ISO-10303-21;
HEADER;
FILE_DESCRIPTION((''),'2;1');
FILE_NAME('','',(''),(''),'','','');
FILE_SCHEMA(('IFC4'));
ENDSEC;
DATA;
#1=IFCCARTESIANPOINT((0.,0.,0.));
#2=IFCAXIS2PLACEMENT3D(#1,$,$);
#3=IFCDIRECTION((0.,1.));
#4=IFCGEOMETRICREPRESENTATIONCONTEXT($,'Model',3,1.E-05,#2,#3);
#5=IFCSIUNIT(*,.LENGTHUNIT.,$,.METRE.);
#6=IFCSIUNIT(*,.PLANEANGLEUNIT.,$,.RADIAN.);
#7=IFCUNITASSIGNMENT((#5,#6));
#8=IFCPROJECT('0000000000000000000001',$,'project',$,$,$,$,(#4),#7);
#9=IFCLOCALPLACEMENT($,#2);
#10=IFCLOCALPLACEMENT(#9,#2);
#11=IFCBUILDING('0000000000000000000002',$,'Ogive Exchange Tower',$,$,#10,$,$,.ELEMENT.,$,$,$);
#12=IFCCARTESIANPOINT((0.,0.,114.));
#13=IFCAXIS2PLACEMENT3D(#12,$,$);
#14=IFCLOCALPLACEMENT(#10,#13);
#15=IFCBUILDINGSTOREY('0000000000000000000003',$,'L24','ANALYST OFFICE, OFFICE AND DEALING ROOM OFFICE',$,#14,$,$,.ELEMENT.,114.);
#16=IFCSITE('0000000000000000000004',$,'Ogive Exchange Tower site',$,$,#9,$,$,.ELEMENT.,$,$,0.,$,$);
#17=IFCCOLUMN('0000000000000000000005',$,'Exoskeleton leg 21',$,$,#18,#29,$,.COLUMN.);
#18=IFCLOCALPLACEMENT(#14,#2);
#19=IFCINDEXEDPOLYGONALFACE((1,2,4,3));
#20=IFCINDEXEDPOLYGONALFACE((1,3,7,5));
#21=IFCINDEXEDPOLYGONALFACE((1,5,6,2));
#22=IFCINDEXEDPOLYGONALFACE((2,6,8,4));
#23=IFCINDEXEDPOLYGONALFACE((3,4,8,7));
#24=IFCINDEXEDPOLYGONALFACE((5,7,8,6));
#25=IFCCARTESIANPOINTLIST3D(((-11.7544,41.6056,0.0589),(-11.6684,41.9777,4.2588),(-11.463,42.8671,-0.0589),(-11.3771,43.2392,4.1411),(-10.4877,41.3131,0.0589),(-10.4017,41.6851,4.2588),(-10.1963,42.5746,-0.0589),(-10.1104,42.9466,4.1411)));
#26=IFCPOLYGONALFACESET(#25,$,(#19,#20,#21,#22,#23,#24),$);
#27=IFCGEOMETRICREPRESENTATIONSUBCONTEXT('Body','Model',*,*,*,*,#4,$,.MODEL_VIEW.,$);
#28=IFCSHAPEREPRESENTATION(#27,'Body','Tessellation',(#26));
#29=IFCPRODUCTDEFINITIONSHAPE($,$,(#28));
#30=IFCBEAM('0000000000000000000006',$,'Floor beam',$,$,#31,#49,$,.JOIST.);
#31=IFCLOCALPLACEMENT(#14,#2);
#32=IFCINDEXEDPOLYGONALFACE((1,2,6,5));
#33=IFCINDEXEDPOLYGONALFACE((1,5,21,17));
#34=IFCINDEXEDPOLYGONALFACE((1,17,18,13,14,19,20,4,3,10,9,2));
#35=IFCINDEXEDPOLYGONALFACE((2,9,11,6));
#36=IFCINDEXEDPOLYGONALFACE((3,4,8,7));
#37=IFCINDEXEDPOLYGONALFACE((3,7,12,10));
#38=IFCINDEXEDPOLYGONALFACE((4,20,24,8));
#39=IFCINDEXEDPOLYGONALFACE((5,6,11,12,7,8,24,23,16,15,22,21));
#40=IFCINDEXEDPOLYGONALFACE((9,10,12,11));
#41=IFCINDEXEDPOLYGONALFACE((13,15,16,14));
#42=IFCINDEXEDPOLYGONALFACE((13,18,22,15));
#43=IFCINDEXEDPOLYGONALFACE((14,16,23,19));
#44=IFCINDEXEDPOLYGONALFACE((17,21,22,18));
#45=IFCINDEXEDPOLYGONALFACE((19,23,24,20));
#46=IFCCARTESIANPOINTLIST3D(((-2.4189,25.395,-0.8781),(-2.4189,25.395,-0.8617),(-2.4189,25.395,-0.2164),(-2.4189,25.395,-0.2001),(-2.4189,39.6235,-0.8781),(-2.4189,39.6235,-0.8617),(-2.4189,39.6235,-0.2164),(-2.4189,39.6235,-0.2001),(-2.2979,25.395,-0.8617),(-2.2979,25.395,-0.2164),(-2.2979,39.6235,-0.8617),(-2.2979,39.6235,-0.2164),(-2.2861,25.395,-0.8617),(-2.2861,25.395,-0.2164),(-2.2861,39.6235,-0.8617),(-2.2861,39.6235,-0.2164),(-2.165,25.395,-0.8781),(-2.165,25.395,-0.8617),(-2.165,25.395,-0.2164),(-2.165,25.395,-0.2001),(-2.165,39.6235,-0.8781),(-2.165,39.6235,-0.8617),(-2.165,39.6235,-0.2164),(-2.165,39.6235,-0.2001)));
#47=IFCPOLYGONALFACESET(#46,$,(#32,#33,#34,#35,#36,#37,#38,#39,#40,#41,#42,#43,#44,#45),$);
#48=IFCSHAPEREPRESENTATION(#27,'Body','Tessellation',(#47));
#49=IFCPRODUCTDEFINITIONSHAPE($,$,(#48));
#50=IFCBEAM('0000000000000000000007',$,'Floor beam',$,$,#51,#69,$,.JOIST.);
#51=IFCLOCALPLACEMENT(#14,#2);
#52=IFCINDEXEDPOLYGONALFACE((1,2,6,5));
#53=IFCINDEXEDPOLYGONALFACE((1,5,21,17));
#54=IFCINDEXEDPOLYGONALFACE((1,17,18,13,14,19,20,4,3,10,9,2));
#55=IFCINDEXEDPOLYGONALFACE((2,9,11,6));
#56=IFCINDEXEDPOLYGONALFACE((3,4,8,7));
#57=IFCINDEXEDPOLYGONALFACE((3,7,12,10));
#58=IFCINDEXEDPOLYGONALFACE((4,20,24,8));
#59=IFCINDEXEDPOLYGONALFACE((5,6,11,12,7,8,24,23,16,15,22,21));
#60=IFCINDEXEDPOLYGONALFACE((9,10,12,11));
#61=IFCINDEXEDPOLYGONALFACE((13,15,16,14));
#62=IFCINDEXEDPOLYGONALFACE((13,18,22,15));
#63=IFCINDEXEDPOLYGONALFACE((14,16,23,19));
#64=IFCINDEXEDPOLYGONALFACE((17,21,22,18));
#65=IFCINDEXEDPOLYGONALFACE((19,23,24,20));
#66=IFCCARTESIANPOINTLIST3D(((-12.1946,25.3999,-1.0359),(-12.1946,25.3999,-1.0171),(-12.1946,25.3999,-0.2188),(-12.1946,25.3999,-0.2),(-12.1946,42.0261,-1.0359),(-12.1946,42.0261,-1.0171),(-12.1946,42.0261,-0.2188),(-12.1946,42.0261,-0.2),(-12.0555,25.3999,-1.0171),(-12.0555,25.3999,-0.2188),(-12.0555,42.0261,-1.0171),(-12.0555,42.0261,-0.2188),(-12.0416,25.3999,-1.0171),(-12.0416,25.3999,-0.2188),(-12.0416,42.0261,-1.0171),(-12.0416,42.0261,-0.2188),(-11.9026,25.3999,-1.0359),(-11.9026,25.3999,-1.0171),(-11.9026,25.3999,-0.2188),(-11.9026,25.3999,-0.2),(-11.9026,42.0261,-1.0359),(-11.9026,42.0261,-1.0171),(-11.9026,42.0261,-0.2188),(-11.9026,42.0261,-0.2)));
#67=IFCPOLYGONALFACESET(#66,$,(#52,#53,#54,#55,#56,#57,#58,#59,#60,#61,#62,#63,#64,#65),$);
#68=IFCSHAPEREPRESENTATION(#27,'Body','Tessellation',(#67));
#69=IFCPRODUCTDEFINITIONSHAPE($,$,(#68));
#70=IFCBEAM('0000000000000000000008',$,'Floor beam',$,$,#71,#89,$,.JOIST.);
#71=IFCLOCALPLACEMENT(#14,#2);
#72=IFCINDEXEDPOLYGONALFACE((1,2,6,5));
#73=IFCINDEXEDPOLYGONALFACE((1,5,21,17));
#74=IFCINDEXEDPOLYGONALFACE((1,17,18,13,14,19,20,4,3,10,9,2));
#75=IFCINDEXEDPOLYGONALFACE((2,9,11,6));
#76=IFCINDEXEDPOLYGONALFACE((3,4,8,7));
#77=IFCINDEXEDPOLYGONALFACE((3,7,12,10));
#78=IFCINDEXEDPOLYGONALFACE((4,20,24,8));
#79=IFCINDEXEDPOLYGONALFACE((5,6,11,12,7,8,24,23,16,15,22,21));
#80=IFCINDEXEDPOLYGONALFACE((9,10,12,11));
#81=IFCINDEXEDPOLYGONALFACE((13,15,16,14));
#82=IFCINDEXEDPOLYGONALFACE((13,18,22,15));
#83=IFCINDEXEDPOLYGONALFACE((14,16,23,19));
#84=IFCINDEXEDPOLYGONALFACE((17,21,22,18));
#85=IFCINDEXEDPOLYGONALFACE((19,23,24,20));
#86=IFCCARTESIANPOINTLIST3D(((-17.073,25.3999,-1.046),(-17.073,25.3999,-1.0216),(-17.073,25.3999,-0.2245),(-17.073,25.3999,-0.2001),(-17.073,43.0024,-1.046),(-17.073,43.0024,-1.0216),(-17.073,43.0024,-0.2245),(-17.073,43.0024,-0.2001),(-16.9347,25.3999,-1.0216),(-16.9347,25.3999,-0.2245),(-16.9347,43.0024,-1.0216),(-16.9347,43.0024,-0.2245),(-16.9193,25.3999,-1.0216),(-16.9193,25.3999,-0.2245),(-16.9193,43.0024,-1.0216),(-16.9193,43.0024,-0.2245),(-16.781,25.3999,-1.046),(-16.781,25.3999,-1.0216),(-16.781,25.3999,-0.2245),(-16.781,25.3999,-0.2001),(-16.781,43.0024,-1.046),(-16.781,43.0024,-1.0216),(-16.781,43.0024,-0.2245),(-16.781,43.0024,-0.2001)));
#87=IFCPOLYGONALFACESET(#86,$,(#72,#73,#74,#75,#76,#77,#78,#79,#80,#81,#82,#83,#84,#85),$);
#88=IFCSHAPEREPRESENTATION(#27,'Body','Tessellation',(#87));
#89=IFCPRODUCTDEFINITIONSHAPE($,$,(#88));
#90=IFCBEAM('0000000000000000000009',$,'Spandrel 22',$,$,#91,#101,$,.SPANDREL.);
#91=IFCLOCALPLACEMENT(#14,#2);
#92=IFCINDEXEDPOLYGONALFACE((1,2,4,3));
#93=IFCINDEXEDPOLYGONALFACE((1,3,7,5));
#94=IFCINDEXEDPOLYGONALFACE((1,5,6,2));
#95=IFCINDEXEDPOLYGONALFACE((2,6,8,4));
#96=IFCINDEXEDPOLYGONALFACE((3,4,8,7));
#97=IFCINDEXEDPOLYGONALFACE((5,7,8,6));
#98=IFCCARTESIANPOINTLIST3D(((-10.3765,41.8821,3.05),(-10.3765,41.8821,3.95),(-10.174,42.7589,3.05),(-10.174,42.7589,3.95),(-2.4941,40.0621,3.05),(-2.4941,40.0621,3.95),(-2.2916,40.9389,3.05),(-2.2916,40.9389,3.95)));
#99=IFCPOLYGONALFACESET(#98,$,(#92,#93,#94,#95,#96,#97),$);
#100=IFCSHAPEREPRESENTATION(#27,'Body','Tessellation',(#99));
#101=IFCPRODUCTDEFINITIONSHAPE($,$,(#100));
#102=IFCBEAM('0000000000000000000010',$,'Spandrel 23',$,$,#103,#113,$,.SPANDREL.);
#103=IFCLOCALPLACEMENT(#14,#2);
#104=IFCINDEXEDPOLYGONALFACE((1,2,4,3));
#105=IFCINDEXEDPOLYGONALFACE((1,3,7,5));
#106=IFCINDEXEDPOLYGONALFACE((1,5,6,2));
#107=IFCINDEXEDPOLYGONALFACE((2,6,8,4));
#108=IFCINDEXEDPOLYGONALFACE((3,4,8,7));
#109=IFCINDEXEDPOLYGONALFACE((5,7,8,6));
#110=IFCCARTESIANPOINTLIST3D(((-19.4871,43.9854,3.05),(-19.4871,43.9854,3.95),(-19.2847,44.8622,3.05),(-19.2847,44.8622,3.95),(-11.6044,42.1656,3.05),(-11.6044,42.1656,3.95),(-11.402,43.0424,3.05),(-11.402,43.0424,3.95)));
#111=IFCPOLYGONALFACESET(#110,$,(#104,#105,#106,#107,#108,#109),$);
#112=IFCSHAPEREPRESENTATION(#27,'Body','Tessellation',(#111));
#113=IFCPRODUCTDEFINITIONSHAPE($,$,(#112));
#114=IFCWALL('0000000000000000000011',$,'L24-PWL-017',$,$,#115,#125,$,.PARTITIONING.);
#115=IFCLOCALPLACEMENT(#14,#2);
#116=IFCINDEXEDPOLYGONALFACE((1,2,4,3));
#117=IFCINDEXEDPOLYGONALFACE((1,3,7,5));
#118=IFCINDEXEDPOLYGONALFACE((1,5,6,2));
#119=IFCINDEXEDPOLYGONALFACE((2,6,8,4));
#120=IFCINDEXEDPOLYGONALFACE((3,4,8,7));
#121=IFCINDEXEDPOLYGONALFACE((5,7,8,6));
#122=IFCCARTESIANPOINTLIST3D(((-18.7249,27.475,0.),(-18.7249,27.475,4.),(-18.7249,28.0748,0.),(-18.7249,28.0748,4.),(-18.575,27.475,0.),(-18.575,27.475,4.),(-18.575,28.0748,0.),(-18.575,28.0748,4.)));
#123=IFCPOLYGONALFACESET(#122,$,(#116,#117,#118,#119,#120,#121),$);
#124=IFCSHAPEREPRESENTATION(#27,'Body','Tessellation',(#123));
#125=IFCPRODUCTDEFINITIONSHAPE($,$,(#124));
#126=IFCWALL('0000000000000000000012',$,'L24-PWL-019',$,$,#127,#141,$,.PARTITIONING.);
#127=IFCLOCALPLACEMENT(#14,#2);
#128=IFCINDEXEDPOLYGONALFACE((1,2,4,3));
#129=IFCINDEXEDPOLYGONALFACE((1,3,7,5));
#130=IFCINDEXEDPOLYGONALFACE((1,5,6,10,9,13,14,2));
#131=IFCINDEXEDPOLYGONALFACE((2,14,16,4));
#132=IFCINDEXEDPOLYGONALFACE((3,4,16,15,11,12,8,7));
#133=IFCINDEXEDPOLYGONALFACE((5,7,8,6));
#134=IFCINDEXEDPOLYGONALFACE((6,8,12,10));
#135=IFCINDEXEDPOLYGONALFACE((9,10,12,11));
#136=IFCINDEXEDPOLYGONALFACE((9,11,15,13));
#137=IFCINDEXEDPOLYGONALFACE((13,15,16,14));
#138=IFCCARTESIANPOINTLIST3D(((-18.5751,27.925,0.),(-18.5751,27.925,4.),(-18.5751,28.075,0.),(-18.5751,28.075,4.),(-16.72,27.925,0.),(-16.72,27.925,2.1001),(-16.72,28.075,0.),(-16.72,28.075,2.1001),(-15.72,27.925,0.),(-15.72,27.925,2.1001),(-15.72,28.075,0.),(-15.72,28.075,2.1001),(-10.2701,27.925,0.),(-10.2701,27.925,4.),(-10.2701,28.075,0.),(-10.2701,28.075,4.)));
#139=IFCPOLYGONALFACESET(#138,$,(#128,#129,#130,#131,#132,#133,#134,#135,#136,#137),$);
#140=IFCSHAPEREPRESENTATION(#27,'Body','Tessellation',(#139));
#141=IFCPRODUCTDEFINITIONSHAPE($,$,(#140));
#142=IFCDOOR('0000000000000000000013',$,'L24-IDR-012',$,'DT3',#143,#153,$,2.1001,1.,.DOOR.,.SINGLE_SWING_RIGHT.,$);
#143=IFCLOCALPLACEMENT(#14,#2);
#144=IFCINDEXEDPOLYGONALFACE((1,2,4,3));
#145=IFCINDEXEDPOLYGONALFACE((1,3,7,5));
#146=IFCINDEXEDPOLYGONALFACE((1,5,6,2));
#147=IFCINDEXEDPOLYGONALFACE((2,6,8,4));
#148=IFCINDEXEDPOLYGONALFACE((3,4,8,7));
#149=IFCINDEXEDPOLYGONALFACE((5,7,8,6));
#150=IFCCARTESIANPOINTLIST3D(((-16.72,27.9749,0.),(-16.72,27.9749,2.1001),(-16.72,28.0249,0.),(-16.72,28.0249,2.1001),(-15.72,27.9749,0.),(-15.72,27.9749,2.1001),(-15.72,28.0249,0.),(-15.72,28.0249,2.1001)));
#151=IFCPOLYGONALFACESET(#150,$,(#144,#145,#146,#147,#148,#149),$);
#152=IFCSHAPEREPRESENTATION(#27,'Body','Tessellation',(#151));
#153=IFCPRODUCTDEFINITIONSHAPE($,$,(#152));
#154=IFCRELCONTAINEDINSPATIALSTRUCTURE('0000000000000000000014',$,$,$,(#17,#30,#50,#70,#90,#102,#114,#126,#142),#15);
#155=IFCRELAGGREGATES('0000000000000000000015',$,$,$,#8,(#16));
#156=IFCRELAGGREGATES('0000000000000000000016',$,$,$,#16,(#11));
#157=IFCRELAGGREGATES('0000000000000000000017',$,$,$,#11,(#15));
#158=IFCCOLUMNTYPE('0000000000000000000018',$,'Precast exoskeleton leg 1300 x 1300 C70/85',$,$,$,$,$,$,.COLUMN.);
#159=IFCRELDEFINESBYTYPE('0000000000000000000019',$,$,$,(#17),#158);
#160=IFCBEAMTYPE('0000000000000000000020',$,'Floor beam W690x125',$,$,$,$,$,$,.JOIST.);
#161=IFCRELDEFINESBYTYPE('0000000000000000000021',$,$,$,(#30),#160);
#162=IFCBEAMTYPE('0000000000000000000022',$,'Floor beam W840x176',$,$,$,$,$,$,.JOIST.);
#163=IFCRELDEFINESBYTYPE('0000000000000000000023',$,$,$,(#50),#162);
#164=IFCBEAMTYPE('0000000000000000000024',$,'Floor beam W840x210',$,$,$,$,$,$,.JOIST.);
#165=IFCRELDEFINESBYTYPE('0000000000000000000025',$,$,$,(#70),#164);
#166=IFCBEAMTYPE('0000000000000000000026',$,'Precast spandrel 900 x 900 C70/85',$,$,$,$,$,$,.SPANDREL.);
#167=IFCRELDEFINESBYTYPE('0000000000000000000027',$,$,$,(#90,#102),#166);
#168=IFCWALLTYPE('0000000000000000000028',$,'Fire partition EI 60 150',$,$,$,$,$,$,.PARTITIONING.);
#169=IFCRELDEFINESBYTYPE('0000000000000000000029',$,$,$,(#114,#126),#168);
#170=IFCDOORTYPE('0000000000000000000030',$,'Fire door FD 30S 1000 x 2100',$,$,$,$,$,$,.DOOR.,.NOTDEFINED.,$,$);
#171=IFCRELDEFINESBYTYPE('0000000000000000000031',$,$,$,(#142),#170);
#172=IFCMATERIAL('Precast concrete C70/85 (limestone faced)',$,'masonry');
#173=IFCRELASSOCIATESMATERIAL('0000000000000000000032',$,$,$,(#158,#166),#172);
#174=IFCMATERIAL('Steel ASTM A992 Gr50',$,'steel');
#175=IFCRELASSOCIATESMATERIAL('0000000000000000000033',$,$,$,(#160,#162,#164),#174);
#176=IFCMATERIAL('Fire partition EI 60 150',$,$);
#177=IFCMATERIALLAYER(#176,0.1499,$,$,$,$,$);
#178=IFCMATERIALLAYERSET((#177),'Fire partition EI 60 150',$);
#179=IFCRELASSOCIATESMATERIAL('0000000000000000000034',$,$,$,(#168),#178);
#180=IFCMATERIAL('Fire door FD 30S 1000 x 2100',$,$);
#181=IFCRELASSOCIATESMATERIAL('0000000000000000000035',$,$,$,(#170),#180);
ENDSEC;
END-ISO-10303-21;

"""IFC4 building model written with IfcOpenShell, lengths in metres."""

from ifc_helpers import new_model, si_unit, direction, frame, frame_2d, origin, origin_2d, place, context, subcontext, project, spatial, rectangle, i_section, extrude, material, layer, layer_set, material_profile, profile_set, type_object, element, fill, save


model = new_model("IFC4")

# Units and contexts
model_context = context("Model", 3, precision=1e-05, world=origin(), true_north=direction((0.0, 1.0)))
body_context = subcontext(model_context, "Body", "Model", "MODEL_VIEW")
ifc_project = project(units=[si_unit("LENGTHUNIT", "METRE"), si_unit("PLANEANGLEUNIT", "RADIAN")], contexts=[model_context])

# Site, building, storey
site_placement = place(None, origin())
site = spatial("IfcSite", under=ifc_project, at=site_placement, Name="Ogive Exchange Tower site", CompositionType="ELEMENT", RefElevation=0.0)
building_placement = place(site_placement, origin())
building = spatial("IfcBuilding", under=site, at=building_placement, Name="Ogive Exchange Tower", CompositionType="ELEMENT")
storey_placement = place(building_placement, frame((0.0, 0.0, 114.0)))
storey = spatial("IfcBuildingStorey", under=building, at=storey_placement, Name="L24", Description="ANALYST OFFICE, OFFICE AND DEALING ROOM OFFICE", CompositionType="ELEMENT", Elevation=114.0)

# Column
ifc_material_1 = material(Name="Precast concrete C70/85 (limestone faced)", Category="masonry")
ifc_material_profile_1 = material_profile(ifc_material_1, rectangle(XDim=1.3, YDim=1.3, at=origin_2d()), Name="1300 x 1300")
ifc_profile_set_1 = profile_set([ifc_material_profile_1], Name="Precast concrete C70/85 (limestone faced)")
column_type = type_object("IfcColumnType", Name="Precast exoskeleton leg 1300 x 1300 C70/85", PredefinedType="COLUMN", material=ifc_profile_set_1)
column_placement = place(storey_placement, frame((-10.9753, 42.0901, 0.0), z_axis=(0.020377, 0.088225, 0.995892), x_axis=(-0.974348, 0.225046, 0.0)))
element("IfcColumn", 1, at=column_placement, inside=storey, type_object=column_type, Name="Exoskeleton leg 21", PredefinedType="COLUMN", context=body_context, shape_type="SweptSolid", body=[
    extrude(rectangle(XDim=1.3, YDim=1.3, at=origin_2d()), origin(), (0.0, 0.0, 1.0), 4.2173),
])

# Beams
ifc_material_2 = material(Name="Steel ASTM A992 Gr50", Category="steel")
ifc_material_profile_2 = material_profile(ifc_material_2, i_section(OverallWidth=0.2539, OverallDepth=0.678, WebThickness=0.0117, FlangeThickness=0.0164, at=origin_2d()), Name="W690x125")
ifc_profile_set_2 = profile_set([ifc_material_profile_2], Name="Steel ASTM A992 Gr50")
beam_type_1 = type_object("IfcBeamType", Name="Floor beam W690x125", PredefinedType="JOIST", material=ifc_profile_set_2)
beam_1_placement = place(storey_placement, frame((-2.292, 25.395, -0.5391), z_axis=(0.0, 1.0, 0.0), x_axis=(-1.0, 0.0, 0.0)))
element("IfcBeam", 2, at=beam_1_placement, inside=storey, type_object=beam_type_1, Name="Floor beam", PredefinedType="JOIST", context=body_context, shape_type="SweptSolid", body=[
    extrude(i_section(OverallWidth=0.2539, OverallDepth=0.678, WebThickness=0.0117, FlangeThickness=0.0164, at=origin_2d()), origin(), (0.0, 0.0, 1.0), 14.2285),
])
ifc_material_profile_3 = material_profile(ifc_material_2, i_section(OverallWidth=0.292, OverallDepth=0.8359, WebThickness=0.0139, FlangeThickness=0.0188, at=origin_2d()), Name="W840x176")
ifc_profile_set_3 = profile_set([ifc_material_profile_3], Name="Steel ASTM A992 Gr50")
beam_type_2 = type_object("IfcBeamType", Name="Floor beam W840x176", PredefinedType="JOIST", material=ifc_profile_set_3)
beam_2_placement = place(storey_placement, frame((-12.0486, 25.3999, -0.6179), z_axis=(0.0, 1.0, 0.0), x_axis=(-1.0, 0.0, 0.0)))
element("IfcBeam", 3, at=beam_2_placement, inside=storey, type_object=beam_type_2, Name="Floor beam", PredefinedType="JOIST", context=body_context, shape_type="SweptSolid", body=[
    extrude(i_section(OverallWidth=0.292, OverallDepth=0.8359, WebThickness=0.0139, FlangeThickness=0.0188, at=origin_2d()), origin(), (0.0, 0.0, 1.0), 16.6262),
])
ifc_material_profile_4 = material_profile(ifc_material_2, i_section(OverallWidth=0.292, OverallDepth=0.8459, WebThickness=0.0154, FlangeThickness=0.0244, at=origin_2d()), Name="W840x210")
ifc_profile_set_4 = profile_set([ifc_material_profile_4], Name="Steel ASTM A992 Gr50")
beam_type_3 = type_object("IfcBeamType", Name="Floor beam W840x210", PredefinedType="JOIST", material=ifc_profile_set_4)
beam_3_placement = place(storey_placement, frame((-16.927, 25.3999, -0.623), z_axis=(0.0, 1.0, 0.0), x_axis=(-1.0, 0.0, 0.0)))
element("IfcBeam", 4, at=beam_3_placement, inside=storey, type_object=beam_type_3, Name="Floor beam", PredefinedType="JOIST", context=body_context, shape_type="SweptSolid", body=[
    extrude(i_section(OverallWidth=0.292, OverallDepth=0.8459, WebThickness=0.0154, FlangeThickness=0.0244, at=origin_2d()), origin(), (0.0, 0.0, 1.0), 17.6025),
])
ifc_material_profile_5 = material_profile(ifc_material_1, rectangle(XDim=0.8999, YDim=0.8999, at=origin_2d()), Name="900 x 900")
ifc_profile_set_5 = profile_set([ifc_material_profile_5], Name="Precast concrete C70/85 (limestone faced)")
beam_type_4 = type_object("IfcBeamType", Name="Precast spandrel 900 x 900 C70/85", PredefinedType="SPANDREL", material=ifc_profile_set_5)
beam_4_placement = place(storey_placement, frame((-2.3928, 40.5005, 3.5), z_axis=(-0.974364, 0.224979, 0.0), x_axis=(-0.224979, -0.974364, 0.0)))
element("IfcBeam", 5, at=beam_4_placement, inside=storey, type_object=beam_type_4, Name="Spandrel 22", PredefinedType="SPANDREL", context=body_context, shape_type="SweptSolid", body=[
    extrude(rectangle(XDim=0.8999, YDim=0.8999, at=origin_2d()), origin(), (0.0, 0.0, 1.0), 8.0898),
])
beam_5_placement = place(storey_placement, frame((-11.5032, 42.604, 3.5), z_axis=(-0.974372, 0.224943, 0.0), x_axis=(-0.224943, -0.974372, 0.0)))
element("IfcBeam", 6, at=beam_5_placement, inside=storey, type_object=beam_type_4, Name="Spandrel 23", PredefinedType="SPANDREL", context=body_context, shape_type="SweptSolid", body=[
    extrude(rectangle(XDim=0.8999, YDim=0.8999, at=origin_2d()), origin(), (0.0, 0.0, 1.0), 8.0901),
])

# Wall
ifc_material_3 = material(Name="Fire partition EI 60 150")
ifc_layer_1 = layer(ifc_material_3, 0.1499)
ifc_layer_set_1 = layer_set([ifc_layer_1], Name="Fire partition EI 60 150")
wall_type_1 = type_object("IfcWallType", Name="Fire partition EI 60 150", PredefinedType="PARTITIONING", material=ifc_layer_set_1)
wall_1_placement = place(storey_placement, frame((-18.6499, 27.4751, 0.0), z_axis=(0.0, 0.0, 1.0), x_axis=(0.0, 1.0, 0.0)))
element("IfcWall", 7, at=wall_1_placement, inside=storey, type_object=wall_type_1, Name="L24-PWL-017", PredefinedType="PARTITIONING", context=body_context, shape_type="SweptSolid", body=[
    extrude(rectangle(XDim=0.5999, YDim=0.1499, at=frame_2d((0.2998, 0.0))), origin(), (0.0, 0.0, 1.0), 4.0),
])

# Wall, opening, door
wall_2_placement = place(storey_placement, frame((-18.575, 28.0, 0.0), z_axis=(0.0, 0.0, 1.0), x_axis=(1.0, 0.0, 0.0)))
wall_2 = element("IfcWall", 8, at=wall_2_placement, inside=storey, type_object=wall_type_1, Name="L24-PWL-019", PredefinedType="PARTITIONING", context=body_context, shape_type="SweptSolid", body=[
    extrude(rectangle(XDim=8.3049, YDim=0.1499, at=frame_2d((4.1523, 0.0))), origin(), (0.0, 0.0, 1.0), 4.0),
])
opening_1_placement = place(wall_2_placement, frame((1.855, 0.0, 0.0)))
opening_1 = element("IfcOpeningElement", 9, at=opening_1_placement, cuts=wall_2, PredefinedType="OPENING", context=body_context, shape_type="SweptSolid", body=[
    extrude(rectangle(XDim=1.0, YDim=2.1001, at=frame_2d((0.5, 1.05))), frame((0.0, 0.085, 0.0), z_axis=(0.0, -1.0, 0.0), x_axis=(1.0, 0.0, 0.0)), (0.0, 0.0, 1.0), 0.1699),
])
ifc_material_4 = material(Name="Fire door FD 30S 1000 x 2100")
door_type_1 = type_object("IfcDoorType", Name="Fire door FD 30S 1000 x 2100", OperationType="NOTDEFINED", PredefinedType="DOOR", material=ifc_material_4)
door_1_placement = place(opening_1_placement, origin())
door_1 = element("IfcDoor", 10, at=door_1_placement, inside=storey, type_object=door_type_1, Name="L24-IDR-012", ObjectType="DT3", OperationType="SINGLE_SWING_RIGHT", OverallHeight=2.1001, OverallWidth=1.0, PredefinedType="DOOR", context=body_context, shape_type="SweptSolid", body=[
    extrude(rectangle(XDim=1.0, YDim=2.1001, at=frame_2d((0.5, 1.05))), frame((0.0, 0.0249, 0.0), z_axis=(0.0, -1.0, 0.0), x_axis=(1.0, 0.0, 0.0)), (0.0, 0.0, 1.0), 0.05),
])
fill(opening_1, door_1)

save(model, "model.ifc")
